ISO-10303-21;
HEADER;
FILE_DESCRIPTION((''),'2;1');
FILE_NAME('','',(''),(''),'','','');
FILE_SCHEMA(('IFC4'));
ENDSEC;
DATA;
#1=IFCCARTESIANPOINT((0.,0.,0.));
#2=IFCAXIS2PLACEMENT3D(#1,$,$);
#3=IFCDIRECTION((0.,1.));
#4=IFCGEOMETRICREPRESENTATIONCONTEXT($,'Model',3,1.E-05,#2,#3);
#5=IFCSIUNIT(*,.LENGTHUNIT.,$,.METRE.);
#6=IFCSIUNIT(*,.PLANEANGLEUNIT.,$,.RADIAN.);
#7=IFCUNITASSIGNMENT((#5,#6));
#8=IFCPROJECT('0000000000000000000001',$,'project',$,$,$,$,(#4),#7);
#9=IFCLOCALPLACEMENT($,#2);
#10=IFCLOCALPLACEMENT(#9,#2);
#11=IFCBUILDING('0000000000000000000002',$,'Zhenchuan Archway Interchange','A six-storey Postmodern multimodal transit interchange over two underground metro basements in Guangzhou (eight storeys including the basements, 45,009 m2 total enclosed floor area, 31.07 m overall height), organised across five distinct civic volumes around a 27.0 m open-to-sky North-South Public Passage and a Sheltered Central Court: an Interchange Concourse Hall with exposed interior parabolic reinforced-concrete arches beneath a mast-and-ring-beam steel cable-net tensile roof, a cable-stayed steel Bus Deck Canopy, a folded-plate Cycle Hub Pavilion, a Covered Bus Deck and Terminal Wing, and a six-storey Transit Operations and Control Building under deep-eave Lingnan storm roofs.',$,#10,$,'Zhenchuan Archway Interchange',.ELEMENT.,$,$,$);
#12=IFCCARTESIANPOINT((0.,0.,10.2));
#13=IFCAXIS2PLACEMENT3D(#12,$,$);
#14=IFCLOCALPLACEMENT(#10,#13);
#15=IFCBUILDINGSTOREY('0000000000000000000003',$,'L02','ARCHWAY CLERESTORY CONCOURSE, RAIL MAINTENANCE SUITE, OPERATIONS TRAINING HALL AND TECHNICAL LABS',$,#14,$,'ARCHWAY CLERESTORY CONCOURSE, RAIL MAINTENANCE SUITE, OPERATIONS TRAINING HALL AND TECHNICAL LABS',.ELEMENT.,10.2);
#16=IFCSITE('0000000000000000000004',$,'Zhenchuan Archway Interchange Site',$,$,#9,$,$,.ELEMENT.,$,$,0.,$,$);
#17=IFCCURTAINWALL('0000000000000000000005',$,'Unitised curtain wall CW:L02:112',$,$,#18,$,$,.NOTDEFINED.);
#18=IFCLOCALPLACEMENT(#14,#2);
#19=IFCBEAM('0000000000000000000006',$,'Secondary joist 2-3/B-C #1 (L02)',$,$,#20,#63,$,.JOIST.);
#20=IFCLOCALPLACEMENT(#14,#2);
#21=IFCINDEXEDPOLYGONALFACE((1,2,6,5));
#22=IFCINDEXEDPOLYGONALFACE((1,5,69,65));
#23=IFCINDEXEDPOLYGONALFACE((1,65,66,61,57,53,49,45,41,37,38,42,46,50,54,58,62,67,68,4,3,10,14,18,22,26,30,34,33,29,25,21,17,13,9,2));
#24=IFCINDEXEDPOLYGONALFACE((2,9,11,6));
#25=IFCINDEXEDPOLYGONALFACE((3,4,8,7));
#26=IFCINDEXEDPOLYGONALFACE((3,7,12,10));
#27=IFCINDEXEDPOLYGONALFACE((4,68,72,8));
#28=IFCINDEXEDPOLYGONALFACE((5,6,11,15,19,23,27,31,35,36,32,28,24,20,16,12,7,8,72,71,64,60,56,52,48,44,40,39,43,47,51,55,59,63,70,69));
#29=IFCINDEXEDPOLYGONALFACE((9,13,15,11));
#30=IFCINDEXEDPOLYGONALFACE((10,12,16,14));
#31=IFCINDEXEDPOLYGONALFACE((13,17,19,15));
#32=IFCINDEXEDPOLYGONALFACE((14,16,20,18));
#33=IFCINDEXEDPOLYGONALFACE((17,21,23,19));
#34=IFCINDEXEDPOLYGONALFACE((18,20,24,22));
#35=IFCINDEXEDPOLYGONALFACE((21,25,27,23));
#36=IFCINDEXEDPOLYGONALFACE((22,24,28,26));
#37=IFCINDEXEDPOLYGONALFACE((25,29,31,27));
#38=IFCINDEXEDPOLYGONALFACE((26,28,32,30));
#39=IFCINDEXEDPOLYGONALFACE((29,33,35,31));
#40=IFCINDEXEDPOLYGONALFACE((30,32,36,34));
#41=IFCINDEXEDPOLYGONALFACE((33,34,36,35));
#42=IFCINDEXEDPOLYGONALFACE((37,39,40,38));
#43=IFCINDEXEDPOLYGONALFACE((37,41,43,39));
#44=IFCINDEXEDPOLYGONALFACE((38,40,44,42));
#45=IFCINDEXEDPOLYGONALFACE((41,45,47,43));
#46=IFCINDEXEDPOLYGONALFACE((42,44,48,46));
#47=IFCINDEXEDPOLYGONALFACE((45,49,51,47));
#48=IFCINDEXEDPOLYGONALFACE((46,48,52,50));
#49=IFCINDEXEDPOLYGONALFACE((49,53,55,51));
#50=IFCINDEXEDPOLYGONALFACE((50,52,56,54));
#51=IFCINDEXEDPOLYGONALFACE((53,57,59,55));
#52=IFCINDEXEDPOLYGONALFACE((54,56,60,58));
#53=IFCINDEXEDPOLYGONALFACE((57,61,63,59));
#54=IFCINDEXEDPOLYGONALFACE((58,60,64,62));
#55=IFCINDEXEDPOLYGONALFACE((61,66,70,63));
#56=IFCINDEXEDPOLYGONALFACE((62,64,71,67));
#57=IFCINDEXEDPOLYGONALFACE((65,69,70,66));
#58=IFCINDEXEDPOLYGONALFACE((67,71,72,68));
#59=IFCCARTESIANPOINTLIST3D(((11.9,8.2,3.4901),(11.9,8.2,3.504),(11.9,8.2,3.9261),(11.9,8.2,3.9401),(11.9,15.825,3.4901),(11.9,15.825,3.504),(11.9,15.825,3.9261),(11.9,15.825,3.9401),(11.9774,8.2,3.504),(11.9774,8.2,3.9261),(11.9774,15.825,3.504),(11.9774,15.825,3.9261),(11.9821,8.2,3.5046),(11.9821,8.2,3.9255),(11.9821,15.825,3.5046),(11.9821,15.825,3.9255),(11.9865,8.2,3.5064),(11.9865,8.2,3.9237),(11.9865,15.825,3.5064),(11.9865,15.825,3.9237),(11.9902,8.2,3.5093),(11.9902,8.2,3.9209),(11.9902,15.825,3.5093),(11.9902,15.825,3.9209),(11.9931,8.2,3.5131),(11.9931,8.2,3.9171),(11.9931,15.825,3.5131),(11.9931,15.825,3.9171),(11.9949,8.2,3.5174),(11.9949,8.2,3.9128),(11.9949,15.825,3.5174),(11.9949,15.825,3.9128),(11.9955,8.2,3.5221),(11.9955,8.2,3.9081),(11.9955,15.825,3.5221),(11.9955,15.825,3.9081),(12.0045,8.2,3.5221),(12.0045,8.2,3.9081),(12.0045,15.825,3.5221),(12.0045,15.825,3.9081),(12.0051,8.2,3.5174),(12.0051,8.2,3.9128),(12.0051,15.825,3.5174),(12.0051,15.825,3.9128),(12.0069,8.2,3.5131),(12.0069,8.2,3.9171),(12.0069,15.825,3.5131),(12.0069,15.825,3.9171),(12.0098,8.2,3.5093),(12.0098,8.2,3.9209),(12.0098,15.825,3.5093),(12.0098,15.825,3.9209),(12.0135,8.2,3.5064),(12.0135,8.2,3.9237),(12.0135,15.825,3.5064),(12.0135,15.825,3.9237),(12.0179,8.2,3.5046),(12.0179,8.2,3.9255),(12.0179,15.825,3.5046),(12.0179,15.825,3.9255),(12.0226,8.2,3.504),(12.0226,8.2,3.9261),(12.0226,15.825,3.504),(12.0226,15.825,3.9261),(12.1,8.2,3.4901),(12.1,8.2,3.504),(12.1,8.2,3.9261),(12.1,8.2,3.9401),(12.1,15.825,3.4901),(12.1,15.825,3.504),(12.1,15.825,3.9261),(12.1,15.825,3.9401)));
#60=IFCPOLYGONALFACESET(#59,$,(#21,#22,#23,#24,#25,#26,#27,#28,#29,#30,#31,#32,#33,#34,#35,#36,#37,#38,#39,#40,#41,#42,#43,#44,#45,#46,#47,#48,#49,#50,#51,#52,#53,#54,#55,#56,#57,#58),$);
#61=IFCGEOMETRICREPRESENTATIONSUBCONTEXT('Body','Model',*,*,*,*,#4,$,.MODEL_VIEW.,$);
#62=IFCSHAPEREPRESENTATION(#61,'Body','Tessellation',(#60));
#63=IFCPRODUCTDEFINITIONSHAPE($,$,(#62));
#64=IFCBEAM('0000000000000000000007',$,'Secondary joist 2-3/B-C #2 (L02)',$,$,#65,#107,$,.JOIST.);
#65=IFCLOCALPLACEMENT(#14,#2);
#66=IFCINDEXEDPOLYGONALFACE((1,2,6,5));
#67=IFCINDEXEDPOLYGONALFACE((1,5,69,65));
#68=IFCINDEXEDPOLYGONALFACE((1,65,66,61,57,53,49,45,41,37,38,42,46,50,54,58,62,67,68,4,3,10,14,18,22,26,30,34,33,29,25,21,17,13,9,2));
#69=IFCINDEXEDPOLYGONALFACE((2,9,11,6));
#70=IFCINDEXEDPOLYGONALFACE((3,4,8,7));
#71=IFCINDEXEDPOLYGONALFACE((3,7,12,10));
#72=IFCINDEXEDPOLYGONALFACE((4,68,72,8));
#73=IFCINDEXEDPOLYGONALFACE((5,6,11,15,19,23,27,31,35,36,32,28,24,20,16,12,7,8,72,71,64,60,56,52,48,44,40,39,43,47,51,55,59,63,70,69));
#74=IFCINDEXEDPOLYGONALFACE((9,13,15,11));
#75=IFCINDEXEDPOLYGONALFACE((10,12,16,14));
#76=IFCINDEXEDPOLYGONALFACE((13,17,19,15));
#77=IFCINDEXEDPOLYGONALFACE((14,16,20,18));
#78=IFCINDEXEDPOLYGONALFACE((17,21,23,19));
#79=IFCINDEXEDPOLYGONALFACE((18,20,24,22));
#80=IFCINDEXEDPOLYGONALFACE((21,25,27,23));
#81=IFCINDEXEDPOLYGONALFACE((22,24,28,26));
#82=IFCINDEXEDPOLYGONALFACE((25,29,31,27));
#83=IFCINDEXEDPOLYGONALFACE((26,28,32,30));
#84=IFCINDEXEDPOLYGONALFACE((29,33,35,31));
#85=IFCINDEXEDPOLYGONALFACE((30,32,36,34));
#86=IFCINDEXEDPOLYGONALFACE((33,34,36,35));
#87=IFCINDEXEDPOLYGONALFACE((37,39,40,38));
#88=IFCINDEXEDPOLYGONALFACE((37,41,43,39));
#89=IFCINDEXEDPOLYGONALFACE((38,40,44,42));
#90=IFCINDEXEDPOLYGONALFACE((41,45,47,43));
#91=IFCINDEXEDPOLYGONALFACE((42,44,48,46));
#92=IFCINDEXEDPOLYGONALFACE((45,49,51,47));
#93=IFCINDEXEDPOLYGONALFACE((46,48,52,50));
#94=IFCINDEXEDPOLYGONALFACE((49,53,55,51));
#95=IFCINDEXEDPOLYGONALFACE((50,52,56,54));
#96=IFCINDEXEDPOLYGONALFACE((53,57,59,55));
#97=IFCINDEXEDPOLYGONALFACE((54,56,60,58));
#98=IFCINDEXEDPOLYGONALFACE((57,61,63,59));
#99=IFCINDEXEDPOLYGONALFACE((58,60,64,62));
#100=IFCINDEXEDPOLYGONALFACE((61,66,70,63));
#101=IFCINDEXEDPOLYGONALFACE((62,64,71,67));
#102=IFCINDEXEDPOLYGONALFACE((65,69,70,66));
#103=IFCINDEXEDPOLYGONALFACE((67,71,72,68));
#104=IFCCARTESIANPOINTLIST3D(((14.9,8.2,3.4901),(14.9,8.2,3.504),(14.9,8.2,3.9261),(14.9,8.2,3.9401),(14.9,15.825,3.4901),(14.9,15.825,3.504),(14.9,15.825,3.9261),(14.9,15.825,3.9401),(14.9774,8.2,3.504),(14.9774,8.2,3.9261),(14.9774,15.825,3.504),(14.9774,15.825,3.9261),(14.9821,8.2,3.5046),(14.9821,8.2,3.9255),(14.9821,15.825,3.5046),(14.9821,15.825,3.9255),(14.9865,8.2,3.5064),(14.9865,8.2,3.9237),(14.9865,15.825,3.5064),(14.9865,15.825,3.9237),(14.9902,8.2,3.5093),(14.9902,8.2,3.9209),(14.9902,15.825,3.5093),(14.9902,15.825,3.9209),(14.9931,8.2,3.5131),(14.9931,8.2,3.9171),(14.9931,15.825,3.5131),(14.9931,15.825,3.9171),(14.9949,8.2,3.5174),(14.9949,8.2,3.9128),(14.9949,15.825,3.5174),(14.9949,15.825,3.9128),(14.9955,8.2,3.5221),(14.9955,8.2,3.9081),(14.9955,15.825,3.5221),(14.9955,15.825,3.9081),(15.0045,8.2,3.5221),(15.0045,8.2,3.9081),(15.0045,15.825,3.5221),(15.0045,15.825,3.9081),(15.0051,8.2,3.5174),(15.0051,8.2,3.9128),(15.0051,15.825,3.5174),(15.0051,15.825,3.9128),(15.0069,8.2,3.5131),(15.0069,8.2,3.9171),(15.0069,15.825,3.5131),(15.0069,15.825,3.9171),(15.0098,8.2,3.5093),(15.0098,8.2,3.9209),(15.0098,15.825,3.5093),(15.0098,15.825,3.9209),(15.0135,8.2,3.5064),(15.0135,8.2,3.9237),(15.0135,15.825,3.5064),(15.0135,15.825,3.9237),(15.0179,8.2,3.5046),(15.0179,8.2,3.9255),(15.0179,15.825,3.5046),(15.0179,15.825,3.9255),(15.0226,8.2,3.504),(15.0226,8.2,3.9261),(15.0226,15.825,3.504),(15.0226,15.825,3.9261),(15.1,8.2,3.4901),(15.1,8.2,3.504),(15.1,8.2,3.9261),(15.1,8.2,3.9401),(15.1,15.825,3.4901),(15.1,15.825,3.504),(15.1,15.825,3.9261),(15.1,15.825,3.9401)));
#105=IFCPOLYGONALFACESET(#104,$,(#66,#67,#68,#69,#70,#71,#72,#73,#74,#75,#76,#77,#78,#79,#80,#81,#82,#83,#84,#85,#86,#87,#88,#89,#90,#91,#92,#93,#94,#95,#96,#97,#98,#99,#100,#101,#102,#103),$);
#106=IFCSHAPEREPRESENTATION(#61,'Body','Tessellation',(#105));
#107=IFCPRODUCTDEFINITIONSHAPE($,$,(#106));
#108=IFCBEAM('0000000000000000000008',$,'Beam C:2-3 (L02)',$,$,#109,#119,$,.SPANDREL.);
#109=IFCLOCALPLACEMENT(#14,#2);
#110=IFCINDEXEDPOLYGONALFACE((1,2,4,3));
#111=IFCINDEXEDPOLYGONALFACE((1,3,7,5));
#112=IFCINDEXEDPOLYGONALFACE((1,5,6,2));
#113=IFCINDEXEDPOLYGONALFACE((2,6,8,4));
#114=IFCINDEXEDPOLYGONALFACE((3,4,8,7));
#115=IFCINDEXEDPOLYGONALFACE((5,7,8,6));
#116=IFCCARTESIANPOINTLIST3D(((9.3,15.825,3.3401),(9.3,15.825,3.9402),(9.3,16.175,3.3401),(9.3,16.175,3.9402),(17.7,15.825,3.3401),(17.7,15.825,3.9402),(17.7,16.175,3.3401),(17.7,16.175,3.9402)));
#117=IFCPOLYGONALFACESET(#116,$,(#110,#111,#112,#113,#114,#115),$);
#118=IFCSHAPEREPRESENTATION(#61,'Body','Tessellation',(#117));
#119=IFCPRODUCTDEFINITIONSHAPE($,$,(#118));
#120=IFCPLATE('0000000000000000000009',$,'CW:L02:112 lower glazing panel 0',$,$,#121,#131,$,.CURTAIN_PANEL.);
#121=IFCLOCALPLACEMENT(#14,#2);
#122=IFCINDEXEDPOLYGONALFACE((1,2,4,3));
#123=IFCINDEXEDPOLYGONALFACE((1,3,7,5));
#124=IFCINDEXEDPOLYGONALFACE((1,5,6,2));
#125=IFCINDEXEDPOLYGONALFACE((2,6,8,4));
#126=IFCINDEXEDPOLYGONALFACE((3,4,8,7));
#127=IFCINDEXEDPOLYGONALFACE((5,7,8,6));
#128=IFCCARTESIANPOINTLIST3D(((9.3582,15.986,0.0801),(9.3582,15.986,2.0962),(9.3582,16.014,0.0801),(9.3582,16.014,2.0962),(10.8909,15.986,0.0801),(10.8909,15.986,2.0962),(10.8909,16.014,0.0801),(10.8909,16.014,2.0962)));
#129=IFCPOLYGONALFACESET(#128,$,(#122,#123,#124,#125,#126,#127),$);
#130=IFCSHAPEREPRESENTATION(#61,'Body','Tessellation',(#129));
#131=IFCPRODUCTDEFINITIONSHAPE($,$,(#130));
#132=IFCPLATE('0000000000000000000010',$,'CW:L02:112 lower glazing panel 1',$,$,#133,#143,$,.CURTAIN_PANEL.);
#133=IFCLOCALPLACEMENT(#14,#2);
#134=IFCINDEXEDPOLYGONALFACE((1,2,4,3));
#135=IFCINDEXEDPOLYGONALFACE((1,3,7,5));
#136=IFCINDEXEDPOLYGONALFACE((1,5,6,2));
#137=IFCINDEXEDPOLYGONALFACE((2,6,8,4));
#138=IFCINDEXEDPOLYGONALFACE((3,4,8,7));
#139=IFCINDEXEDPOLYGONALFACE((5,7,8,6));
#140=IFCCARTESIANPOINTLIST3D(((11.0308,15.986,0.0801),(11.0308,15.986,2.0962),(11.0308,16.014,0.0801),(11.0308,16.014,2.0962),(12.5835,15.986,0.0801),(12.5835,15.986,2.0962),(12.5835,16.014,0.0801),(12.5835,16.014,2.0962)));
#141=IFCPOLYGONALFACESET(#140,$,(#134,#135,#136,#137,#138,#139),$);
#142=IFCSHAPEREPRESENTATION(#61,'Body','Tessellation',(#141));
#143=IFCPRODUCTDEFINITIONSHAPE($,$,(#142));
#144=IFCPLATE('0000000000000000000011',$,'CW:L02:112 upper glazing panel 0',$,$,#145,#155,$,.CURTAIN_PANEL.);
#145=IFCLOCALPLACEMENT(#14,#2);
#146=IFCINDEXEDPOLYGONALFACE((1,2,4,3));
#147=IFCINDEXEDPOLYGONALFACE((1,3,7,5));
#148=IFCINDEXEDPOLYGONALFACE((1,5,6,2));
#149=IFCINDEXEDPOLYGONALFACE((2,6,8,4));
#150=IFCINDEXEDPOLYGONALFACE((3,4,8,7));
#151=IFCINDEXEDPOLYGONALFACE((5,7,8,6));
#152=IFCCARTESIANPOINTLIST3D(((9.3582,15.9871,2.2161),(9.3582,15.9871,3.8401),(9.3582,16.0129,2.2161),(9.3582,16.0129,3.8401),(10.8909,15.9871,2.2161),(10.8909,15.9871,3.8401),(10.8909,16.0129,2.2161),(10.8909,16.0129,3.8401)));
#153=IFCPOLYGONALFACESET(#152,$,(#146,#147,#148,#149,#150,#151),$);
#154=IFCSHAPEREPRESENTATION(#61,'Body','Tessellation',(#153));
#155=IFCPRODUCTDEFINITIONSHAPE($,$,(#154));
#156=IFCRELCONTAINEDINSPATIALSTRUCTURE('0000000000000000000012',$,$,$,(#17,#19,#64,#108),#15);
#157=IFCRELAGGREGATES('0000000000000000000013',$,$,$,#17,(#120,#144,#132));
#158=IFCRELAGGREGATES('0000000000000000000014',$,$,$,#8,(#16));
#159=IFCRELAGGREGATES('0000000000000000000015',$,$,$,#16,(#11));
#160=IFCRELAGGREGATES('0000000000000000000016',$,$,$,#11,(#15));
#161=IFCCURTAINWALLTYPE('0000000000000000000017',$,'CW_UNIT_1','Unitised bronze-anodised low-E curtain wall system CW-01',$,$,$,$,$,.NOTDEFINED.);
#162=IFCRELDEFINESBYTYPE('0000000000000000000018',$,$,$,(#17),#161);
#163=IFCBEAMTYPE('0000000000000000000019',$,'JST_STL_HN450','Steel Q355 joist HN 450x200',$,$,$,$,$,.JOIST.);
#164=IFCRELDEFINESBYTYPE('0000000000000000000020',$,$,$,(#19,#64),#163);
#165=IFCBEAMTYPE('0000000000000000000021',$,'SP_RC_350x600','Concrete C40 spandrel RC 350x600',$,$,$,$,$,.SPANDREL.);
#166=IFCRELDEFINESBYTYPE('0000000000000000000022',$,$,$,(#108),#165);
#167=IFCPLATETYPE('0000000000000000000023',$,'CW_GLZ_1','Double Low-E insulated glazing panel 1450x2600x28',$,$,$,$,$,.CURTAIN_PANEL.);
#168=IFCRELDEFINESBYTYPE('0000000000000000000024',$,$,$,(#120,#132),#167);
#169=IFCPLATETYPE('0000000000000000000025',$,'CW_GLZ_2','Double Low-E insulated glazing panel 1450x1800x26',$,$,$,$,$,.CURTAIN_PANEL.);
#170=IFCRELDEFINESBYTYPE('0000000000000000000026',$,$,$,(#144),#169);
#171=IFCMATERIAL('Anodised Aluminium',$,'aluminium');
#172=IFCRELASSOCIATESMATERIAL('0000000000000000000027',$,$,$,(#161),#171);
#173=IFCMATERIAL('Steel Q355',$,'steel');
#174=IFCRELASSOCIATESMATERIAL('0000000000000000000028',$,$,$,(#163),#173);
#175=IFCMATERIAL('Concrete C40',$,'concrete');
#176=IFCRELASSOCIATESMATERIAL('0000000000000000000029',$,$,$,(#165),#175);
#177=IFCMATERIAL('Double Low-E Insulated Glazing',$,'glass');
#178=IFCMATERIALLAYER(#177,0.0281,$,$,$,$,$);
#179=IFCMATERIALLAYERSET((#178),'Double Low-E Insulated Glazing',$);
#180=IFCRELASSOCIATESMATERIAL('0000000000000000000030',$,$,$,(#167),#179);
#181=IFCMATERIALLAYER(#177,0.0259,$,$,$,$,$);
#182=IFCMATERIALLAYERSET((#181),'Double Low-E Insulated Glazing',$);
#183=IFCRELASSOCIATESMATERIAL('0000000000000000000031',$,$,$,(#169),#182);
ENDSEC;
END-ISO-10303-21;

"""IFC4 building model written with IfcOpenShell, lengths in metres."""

from ifc_helpers import new_model, si_unit, direction, frame, origin, origin_2d, place, context, subcontext, project, spatial, rectangle, i_section, extrude, material, layer, layer_set, material_profile, profile_set, type_object, element, aggregate, save


model = new_model("IFC4")

# Units and contexts
model_context = context("Model", 3, precision=1e-05, world=origin(), true_north=direction((0.0, 1.0)))
body_context = subcontext(model_context, "Body", "Model", "MODEL_VIEW")
ifc_project = project(units=[si_unit("LENGTHUNIT", "METRE"), si_unit("PLANEANGLEUNIT", "RADIAN")], contexts=[model_context])

# Site, building, storey
site_placement = place(None, origin())
site = spatial("IfcSite", under=ifc_project, at=site_placement, Name="Zhenchuan Archway Interchange Site", CompositionType="ELEMENT", RefElevation=0.0)
building_placement = place(site_placement, origin())
building = spatial("IfcBuilding", under=site, at=building_placement, Name="Zhenchuan Archway Interchange", Description="A six-storey Postmodern multimodal transit interchange over two underground metro basements in Guangzhou (eight storeys including the basements, 45,009 m2 total enclosed floor area, 31.07 m overall height), organised across five distinct civic volumes around a 27.0 m open-to-sky North-South Public Passage and a Sheltered Central Court: an Interchange Concourse Hall with exposed interior parabolic reinforced-concrete arches beneath a mast-and-ring-beam steel cable-net tensile roof, a cable-stayed steel Bus Deck Canopy, a folded-plate Cycle Hub Pavilion, a Covered Bus Deck and Terminal Wing, and a six-storey Transit Operations and Control Building under deep-eave Lingnan storm roofs.", LongName="Zhenchuan Archway Interchange", CompositionType="ELEMENT")
storey_placement = place(building_placement, frame((0.0, 0.0, 10.2)))
storey = spatial("IfcBuildingStorey", under=building, at=storey_placement, Name="L02", Description="ARCHWAY CLERESTORY CONCOURSE, RAIL MAINTENANCE SUITE, OPERATIONS TRAINING HALL AND TECHNICAL LABS", LongName="ARCHWAY CLERESTORY CONCOURSE, RAIL MAINTENANCE SUITE, OPERATIONS TRAINING HALL AND TECHNICAL LABS", CompositionType="ELEMENT", Elevation=10.2)

# Shared definitions
ifc_material_1 = material(Name="Concrete C40", Category="concrete")

# Curtain wall
ifc_material_2 = material(Name="Anodised Aluminium", Category="aluminium")
curtain_wall_type = type_object("IfcCurtainWallType", Name="CW_UNIT_1", Description="Unitised bronze-anodised low-E curtain wall system CW-01", PredefinedType="NOTDEFINED", material=ifc_material_2)
curtain_wall_placement = place(storey_placement, origin())
curtain_wall = element("IfcCurtainWall", 1, at=curtain_wall_placement, inside=storey, type_object=curtain_wall_type, Name="Unitised curtain wall CW:L02:112", PredefinedType="NOTDEFINED")

# Beams
ifc_material_3 = material(Name="Steel Q355", Category="steel")
ifc_material_profile_1 = material_profile(ifc_material_3, i_section(OverallWidth=0.2, OverallDepth=0.45, WebThickness=0.009, FlangeThickness=0.0139, FilletRadius=0.0181, at=origin_2d()), Name="HN 450x200")
ifc_profile_set_1 = profile_set([ifc_material_profile_1], Name="Steel Q355")
beam_type_1 = type_object("IfcBeamType", Name="JST_STL_HN450", Description="Steel Q355 joist HN 450x200", PredefinedType="JOIST", material=ifc_profile_set_1)
for number, where, z_axis, x_axis, name in (
    (2, (12.0, 8.2, 3.7151), (0.0, 1.0, 0.0), (-1.0, 0.0, 0.0), "Secondary joist 2-3/B-C #1 (L02)"),
    (3, (15.0, 8.2, 3.7151), (0.0, 1.0, 0.0), (-1.0, 0.0, 0.0), "Secondary joist 2-3/B-C #2 (L02)"),
):
    element("IfcBeam", number, at=place(storey_placement, frame(where, z_axis=z_axis, x_axis=x_axis)), inside=storey, type_object=beam_type_1, Name=name, PredefinedType="JOIST", context=body_context, shape_type="SweptSolid", body=[
        extrude(i_section(OverallWidth=0.2, OverallDepth=0.45, WebThickness=0.009, FlangeThickness=0.0139, FilletRadius=0.0181, at=origin_2d()), origin(), (0.0, 0.0, 1.0), 7.625),
    ])
ifc_material_profile_2 = material_profile(ifc_material_1, rectangle(XDim=0.3501, YDim=0.6001, at=origin_2d()), Name="RC 350x600")
ifc_profile_set_2 = profile_set([ifc_material_profile_2], Name="Concrete C40")
beam_type_2 = type_object("IfcBeamType", Name="SP_RC_350x600", Description="Concrete C40 spandrel RC 350x600", PredefinedType="SPANDREL", material=ifc_profile_set_2)
beam_1_placement = place(storey_placement, frame((9.3, 16.0, 3.6401), z_axis=(1.0, 0.0, 0.0), x_axis=(0.0, 1.0, 0.0)))
element("IfcBeam", 4, at=beam_1_placement, inside=storey, type_object=beam_type_2, Name="Beam C:2-3 (L02)", PredefinedType="SPANDREL", context=body_context, shape_type="SweptSolid", body=[
    extrude(rectangle(XDim=0.3501, YDim=0.6001, at=origin_2d()), origin(), (0.0, 0.0, 1.0), 8.3999),
])

# Plates
ifc_material_4 = material(Name="Double Low-E Insulated Glazing", Category="glass")
ifc_layer_1 = layer(ifc_material_4, 0.0281)
ifc_layer_set_1 = layer_set([ifc_layer_1], Name="Double Low-E Insulated Glazing")
plate_type_1 = type_object("IfcPlateType", Name="CW_GLZ_1", Description="Double Low-E insulated glazing panel 1450x2600x28", PredefinedType="CURTAIN_PANEL", material=ifc_layer_set_1)
plate_1_placement = place(storey_placement, frame((10.1245, 16.0, 0.0801), z_axis=(0.0, 0.0, 1.0), x_axis=(1.0, 0.0, 0.0)))
plate_1 = element("IfcPlate", 5, at=plate_1_placement, type_object=plate_type_1, Name="CW:L02:112 lower glazing panel 0", PredefinedType="CURTAIN_PANEL", context=body_context, shape_type="SweptSolid", body=[
    extrude(rectangle(XDim=1.5327, YDim=0.0281, at=origin_2d()), origin(), (0.0, 0.0, 1.0), 2.0161),
])
plate_2_placement = place(storey_placement, frame((11.8071, 16.0, 0.0801), z_axis=(0.0, 0.0, 1.0), x_axis=(1.0, 0.0, 0.0)))
plate_2 = element("IfcPlate", 6, at=plate_2_placement, type_object=plate_type_1, Name="CW:L02:112 lower glazing panel 1", PredefinedType="CURTAIN_PANEL", context=body_context, shape_type="SweptSolid", body=[
    extrude(rectangle(XDim=1.5527, YDim=0.0281, at=origin_2d()), origin(), (0.0, 0.0, 1.0), 2.0161),
])
ifc_layer_2 = layer(ifc_material_4, 0.0259)
ifc_layer_set_2 = layer_set([ifc_layer_2], Name="Double Low-E Insulated Glazing")
plate_type_2 = type_object("IfcPlateType", Name="CW_GLZ_2", Description="Double Low-E insulated glazing panel 1450x1800x26", PredefinedType="CURTAIN_PANEL", material=ifc_layer_set_2)
plate_3_placement = place(storey_placement, frame((10.1245, 16.0, 2.2161), z_axis=(0.0, 0.0, 1.0), x_axis=(1.0, 0.0, 0.0)))
plate_3 = element("IfcPlate", 7, at=plate_3_placement, type_object=plate_type_2, Name="CW:L02:112 upper glazing panel 0", PredefinedType="CURTAIN_PANEL", context=body_context, shape_type="SweptSolid", body=[
    extrude(rectangle(XDim=1.5327, YDim=0.0259, at=origin_2d()), origin(), (0.0, 0.0, 1.0), 1.624),
])
aggregate(curtain_wall, [plate_1, plate_3, plate_2])

save(model, "model.ifc")
